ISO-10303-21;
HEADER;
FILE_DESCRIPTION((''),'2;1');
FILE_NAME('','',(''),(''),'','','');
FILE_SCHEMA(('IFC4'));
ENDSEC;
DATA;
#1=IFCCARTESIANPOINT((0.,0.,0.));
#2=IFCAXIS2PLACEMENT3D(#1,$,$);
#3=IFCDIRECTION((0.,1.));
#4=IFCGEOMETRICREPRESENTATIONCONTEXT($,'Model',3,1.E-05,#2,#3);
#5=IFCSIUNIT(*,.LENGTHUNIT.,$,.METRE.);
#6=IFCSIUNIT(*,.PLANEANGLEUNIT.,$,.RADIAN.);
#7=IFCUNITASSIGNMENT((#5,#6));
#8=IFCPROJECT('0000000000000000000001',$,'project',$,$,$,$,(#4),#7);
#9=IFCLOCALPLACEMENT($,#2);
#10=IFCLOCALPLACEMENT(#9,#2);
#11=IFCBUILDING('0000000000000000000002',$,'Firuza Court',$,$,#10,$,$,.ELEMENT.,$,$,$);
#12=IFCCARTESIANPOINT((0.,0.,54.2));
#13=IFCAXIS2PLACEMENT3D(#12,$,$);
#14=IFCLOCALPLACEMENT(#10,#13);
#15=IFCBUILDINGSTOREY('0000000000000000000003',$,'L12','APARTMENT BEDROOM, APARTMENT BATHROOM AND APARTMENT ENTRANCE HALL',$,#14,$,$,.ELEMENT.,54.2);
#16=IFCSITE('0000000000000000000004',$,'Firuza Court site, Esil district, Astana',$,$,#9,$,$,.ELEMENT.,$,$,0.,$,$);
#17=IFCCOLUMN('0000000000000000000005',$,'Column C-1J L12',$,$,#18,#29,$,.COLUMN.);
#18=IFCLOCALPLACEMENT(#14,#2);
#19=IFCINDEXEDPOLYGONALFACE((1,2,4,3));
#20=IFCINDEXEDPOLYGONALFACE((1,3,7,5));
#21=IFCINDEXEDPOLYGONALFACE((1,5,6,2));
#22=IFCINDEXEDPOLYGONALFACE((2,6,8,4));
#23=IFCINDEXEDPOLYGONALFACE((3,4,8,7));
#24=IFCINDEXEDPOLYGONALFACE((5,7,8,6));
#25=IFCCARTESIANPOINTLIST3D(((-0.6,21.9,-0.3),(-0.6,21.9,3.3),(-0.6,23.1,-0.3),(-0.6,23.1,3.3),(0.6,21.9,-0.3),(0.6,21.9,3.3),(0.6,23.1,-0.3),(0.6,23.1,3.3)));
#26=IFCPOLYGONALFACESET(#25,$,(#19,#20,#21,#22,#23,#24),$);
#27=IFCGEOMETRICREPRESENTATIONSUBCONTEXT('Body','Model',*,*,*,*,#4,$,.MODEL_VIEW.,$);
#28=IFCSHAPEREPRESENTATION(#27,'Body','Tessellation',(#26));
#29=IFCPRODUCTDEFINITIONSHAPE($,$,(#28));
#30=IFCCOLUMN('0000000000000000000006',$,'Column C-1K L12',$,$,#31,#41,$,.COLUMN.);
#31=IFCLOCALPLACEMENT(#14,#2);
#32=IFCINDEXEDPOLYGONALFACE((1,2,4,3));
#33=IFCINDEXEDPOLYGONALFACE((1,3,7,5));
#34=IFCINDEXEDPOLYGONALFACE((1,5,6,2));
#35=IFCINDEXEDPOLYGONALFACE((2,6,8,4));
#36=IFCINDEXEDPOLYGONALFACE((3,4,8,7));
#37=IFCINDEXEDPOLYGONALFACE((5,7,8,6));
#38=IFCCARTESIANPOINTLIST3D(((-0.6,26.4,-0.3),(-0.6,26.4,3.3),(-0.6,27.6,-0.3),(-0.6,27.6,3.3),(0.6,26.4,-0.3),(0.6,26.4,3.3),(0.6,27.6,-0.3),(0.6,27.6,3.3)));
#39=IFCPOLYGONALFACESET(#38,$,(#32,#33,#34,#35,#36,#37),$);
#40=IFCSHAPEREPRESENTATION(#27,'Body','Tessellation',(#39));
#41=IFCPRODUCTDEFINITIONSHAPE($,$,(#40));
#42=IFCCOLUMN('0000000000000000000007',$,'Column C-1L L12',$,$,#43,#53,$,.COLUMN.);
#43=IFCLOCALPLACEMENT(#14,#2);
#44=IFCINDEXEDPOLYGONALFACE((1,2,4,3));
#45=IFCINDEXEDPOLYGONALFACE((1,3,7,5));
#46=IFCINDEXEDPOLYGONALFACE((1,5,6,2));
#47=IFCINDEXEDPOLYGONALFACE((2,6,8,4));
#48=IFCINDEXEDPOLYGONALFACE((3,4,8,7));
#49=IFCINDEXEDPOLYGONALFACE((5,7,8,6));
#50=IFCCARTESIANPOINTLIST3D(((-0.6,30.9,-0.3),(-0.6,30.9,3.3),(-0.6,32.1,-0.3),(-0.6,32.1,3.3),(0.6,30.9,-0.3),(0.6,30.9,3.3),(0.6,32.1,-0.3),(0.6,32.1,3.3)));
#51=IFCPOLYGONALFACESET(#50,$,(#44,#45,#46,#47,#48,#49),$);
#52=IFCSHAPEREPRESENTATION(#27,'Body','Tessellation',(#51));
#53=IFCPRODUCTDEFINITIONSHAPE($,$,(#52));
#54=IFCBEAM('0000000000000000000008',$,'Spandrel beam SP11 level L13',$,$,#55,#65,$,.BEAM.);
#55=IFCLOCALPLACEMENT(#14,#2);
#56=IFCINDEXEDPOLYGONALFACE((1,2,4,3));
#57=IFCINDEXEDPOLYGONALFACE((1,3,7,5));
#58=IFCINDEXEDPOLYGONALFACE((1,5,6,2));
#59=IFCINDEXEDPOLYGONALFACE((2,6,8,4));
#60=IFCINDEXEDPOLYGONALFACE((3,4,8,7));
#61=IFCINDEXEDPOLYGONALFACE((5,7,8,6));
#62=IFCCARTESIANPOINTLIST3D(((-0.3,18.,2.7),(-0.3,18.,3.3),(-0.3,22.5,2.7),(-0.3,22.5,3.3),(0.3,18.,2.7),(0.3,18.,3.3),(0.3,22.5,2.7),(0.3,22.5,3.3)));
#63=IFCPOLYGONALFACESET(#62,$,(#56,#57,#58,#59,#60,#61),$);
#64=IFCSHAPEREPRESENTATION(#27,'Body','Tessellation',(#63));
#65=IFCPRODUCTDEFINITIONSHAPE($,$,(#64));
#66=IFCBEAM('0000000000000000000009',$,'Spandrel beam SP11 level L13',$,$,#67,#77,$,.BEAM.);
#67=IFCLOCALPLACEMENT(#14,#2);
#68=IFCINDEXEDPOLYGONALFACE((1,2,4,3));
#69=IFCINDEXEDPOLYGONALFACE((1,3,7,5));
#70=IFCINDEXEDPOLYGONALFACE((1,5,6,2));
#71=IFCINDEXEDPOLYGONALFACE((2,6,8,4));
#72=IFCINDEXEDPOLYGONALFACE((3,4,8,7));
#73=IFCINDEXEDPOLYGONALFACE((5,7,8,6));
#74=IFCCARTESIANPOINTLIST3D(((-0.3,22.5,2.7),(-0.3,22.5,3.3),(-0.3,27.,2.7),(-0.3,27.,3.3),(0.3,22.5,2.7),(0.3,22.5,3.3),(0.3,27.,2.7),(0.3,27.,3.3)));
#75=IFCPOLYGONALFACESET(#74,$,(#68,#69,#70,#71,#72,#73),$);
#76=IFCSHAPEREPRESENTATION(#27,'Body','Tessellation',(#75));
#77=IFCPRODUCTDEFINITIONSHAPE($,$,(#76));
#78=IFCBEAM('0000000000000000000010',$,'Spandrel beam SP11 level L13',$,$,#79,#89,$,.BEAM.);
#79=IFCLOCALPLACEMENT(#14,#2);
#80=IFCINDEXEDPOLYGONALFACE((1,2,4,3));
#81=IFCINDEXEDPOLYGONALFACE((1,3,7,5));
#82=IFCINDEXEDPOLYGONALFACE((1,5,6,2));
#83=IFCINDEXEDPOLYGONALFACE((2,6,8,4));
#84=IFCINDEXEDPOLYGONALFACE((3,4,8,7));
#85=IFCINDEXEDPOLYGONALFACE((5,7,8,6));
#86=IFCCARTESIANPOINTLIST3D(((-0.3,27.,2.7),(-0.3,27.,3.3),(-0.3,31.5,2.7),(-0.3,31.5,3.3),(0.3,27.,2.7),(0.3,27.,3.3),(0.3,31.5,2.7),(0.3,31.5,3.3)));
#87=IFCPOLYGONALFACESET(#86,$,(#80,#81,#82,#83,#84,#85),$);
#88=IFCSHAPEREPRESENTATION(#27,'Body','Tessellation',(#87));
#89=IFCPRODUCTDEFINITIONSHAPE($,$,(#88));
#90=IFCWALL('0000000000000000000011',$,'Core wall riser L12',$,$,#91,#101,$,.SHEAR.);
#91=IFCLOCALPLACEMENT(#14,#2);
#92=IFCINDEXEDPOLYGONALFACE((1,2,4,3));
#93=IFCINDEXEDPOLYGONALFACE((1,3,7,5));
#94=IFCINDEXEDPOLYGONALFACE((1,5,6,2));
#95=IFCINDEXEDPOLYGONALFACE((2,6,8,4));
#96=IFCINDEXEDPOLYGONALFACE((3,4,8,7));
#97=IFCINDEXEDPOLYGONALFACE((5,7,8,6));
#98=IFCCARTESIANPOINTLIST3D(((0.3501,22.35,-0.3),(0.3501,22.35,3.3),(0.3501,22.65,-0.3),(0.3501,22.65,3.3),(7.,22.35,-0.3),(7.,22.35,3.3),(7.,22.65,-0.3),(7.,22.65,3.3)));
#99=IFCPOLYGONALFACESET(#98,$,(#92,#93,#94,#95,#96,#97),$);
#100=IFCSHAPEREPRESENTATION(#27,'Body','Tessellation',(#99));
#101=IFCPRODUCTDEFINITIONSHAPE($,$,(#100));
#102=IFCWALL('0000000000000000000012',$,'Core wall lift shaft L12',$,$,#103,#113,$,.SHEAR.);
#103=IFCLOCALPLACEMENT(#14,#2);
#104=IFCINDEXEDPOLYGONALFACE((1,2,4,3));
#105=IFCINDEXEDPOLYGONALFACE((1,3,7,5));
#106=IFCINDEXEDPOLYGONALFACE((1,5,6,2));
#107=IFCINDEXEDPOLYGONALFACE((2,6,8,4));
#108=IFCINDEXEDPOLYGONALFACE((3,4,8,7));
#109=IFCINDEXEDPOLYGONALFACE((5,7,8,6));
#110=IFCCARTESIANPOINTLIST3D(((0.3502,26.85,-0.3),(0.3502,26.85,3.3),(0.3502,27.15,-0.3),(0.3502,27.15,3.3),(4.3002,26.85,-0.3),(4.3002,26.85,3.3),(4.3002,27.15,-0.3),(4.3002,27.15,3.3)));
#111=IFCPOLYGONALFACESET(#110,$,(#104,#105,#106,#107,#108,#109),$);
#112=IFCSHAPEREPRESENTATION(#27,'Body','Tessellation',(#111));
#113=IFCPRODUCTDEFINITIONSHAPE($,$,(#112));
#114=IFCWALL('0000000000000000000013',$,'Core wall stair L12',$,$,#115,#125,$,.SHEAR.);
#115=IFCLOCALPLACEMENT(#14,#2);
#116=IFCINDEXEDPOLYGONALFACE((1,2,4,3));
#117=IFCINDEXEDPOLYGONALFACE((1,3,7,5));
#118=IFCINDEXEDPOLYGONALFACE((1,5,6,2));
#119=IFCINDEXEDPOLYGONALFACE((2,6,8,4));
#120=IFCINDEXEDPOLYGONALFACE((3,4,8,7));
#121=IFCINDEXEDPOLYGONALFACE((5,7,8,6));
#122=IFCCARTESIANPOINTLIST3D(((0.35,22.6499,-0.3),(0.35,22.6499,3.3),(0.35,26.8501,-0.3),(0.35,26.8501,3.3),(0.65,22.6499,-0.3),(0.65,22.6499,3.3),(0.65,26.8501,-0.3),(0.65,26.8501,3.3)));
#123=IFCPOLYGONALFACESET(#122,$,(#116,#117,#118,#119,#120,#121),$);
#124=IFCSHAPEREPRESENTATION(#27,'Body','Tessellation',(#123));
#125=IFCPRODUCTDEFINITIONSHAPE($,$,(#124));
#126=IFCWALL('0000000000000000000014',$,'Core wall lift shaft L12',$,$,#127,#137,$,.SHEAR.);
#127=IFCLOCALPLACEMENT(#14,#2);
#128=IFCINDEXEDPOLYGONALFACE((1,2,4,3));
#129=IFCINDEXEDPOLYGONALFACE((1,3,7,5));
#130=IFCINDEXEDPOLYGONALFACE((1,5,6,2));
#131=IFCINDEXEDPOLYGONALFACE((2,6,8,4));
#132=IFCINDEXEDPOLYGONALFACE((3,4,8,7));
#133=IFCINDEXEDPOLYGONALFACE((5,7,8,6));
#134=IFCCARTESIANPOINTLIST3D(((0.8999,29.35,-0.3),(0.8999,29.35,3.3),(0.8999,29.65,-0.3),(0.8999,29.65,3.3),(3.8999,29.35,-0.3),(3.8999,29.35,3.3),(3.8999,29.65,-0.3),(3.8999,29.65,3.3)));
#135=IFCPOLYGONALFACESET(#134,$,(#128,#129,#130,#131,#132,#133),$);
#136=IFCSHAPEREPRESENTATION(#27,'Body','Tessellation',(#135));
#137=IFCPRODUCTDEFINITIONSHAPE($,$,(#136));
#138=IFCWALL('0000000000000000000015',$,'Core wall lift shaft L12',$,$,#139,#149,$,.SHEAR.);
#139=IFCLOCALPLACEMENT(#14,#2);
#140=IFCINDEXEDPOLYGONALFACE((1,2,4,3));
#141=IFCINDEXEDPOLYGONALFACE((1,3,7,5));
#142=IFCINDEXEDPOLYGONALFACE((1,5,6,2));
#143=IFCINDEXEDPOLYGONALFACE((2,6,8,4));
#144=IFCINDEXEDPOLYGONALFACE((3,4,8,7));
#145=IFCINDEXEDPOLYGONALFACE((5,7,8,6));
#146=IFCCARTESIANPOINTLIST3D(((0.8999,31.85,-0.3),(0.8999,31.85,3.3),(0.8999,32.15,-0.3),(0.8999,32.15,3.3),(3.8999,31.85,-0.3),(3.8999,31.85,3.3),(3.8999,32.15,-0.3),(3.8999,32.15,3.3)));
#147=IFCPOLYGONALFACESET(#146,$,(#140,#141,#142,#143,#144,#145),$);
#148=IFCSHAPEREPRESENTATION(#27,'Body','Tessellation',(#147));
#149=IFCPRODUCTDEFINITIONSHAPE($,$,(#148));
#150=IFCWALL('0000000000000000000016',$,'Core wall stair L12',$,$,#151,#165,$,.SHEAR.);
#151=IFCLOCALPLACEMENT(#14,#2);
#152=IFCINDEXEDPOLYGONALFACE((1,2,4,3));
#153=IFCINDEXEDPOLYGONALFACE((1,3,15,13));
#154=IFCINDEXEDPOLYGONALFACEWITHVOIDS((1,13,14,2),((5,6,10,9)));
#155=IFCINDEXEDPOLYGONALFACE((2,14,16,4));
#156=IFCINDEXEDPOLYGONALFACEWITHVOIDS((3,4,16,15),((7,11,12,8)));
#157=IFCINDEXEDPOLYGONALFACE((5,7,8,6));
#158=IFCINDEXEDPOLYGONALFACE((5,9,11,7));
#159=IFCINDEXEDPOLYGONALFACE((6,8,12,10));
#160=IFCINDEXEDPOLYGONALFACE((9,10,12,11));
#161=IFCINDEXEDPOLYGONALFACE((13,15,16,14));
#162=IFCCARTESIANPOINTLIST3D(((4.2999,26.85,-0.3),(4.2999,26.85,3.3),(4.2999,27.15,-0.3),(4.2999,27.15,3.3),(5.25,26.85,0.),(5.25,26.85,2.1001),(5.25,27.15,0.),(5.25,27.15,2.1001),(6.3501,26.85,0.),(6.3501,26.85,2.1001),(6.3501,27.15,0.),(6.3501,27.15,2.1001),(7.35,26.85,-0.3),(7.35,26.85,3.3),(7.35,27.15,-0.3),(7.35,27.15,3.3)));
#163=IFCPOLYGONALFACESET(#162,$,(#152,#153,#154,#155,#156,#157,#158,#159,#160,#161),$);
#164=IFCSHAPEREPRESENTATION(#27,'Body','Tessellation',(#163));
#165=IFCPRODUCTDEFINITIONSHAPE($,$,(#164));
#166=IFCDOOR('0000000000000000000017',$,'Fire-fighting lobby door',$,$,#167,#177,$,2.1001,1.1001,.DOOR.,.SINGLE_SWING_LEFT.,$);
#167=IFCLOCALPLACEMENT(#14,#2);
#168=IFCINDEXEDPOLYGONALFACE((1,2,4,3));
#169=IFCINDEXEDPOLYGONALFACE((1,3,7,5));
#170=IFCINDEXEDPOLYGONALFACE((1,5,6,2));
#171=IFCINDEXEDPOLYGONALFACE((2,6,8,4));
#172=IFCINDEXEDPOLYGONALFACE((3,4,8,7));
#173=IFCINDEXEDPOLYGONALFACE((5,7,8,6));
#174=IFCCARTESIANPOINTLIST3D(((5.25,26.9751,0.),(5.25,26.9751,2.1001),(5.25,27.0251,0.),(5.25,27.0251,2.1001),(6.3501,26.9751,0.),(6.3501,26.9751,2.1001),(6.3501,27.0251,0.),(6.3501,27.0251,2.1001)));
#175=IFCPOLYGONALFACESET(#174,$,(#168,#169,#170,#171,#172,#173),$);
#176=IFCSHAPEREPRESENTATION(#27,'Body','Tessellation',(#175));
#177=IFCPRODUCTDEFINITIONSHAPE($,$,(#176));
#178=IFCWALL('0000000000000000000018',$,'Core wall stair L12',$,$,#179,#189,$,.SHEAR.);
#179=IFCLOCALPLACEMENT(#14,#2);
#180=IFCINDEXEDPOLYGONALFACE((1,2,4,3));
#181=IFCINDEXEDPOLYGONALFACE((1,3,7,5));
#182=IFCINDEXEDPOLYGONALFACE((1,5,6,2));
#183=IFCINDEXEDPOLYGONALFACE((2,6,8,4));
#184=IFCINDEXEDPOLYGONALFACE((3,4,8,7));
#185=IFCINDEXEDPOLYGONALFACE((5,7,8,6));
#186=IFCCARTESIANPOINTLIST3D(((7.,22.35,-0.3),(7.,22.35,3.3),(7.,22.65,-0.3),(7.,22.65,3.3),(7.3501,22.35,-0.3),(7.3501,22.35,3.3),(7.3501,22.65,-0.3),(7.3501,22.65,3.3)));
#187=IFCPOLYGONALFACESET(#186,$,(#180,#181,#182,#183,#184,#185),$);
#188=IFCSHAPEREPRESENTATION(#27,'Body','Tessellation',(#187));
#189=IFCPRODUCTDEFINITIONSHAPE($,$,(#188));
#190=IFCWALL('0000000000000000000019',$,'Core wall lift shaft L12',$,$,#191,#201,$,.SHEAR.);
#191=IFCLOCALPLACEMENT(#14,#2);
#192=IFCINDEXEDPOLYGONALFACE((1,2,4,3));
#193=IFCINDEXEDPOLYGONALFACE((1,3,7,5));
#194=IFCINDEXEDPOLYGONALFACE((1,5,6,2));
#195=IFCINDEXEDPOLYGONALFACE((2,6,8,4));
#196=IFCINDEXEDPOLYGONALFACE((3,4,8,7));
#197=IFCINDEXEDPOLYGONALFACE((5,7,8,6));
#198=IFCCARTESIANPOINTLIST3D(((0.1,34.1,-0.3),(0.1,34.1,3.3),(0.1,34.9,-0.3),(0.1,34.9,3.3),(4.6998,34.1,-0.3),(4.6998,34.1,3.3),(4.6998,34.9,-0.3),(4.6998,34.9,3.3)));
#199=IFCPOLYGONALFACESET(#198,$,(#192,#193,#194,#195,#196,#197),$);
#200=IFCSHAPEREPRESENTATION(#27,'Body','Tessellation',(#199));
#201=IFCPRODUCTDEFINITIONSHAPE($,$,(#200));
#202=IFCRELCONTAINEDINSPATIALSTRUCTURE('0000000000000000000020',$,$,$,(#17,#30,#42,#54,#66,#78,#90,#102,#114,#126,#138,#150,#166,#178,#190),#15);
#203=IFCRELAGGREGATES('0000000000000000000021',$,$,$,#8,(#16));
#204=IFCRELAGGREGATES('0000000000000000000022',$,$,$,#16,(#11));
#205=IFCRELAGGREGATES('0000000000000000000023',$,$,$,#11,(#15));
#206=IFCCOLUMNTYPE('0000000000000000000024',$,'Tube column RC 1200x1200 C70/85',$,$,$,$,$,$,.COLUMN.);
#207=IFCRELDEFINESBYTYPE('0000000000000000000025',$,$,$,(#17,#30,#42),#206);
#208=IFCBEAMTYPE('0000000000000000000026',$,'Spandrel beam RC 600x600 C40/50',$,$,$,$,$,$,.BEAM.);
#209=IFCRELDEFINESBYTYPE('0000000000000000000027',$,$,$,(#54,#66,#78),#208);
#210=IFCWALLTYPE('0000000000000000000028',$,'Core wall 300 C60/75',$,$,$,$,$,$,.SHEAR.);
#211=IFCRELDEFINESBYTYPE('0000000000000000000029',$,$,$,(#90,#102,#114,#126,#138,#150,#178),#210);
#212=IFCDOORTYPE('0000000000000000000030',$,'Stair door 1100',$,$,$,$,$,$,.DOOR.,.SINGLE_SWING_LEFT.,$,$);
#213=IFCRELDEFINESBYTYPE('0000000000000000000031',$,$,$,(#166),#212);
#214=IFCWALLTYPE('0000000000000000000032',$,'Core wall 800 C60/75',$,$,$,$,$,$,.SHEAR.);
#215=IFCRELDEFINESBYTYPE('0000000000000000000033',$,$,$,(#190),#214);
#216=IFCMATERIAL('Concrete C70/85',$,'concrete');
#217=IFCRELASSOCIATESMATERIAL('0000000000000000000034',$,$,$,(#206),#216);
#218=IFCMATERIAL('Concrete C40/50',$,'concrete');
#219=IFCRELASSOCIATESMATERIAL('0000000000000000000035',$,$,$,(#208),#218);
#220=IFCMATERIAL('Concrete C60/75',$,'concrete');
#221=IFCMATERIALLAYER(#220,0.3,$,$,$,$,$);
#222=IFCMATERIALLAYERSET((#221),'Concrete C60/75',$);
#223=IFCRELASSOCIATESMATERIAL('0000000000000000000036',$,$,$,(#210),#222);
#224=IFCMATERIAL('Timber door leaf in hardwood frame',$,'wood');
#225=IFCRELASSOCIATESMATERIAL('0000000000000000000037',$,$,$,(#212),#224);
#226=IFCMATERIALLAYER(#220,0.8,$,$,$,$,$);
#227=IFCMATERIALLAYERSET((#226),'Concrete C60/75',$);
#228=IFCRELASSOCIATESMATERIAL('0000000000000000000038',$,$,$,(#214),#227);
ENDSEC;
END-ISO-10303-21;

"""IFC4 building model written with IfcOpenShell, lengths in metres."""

from ifc_helpers import new_model, si_unit, direction, frame, frame_2d, origin, origin_2d, place, context, subcontext, project, spatial, rectangle, extrude, material, layer, layer_set, material_profile, profile_set, type_object, element, fill, save


model = new_model("IFC4")

# Units and contexts
model_context = context("Model", 3, precision=1e-05, world=origin(), true_north=direction((0.0, 1.0)))
body_context = subcontext(model_context, "Body", "Model", "MODEL_VIEW")
ifc_project = project(units=[si_unit("LENGTHUNIT", "METRE"), si_unit("PLANEANGLEUNIT", "RADIAN")], contexts=[model_context])

# Site, building, storey
site_placement = place(None, origin())
site = spatial("IfcSite", under=ifc_project, at=site_placement, Name="Firuza Court site, Esil district, Astana", CompositionType="ELEMENT", RefElevation=0.0)
building_placement = place(site_placement, origin())
building = spatial("IfcBuilding", under=site, at=building_placement, Name="Firuza Court", CompositionType="ELEMENT")
storey_placement = place(building_placement, frame((0.0, 0.0, 54.2)))
storey = spatial("IfcBuildingStorey", under=building, at=storey_placement, Name="L12", Description="APARTMENT BEDROOM, APARTMENT BATHROOM AND APARTMENT ENTRANCE HALL", CompositionType="ELEMENT", Elevation=54.2)

# Columns
ifc_material_1 = material(Name="Concrete C70/85", Category="concrete")
ifc_material_profile_1 = material_profile(ifc_material_1, rectangle(XDim=1.2, YDim=1.2, at=origin_2d()), Name="RC 1200x1200")
ifc_profile_set_1 = profile_set([ifc_material_profile_1], Name="Concrete C70/85")
column_type = type_object("IfcColumnType", Name="Tube column RC 1200x1200 C70/85", PredefinedType="COLUMN", material=ifc_profile_set_1)
for number, where, z_axis, x_axis, name in (
    (1, (0.0, 22.5, -0.3), (0.0, 0.0, 1.0), (1.0, 0.0, 0.0), "Column C-1J L12"),
    (2, (0.0, 27.0, -0.3), (0.0, 0.0, 1.0), (1.0, 0.0, 0.0), "Column C-1K L12"),
    (3, (0.0, 31.5, -0.3), (0.0, 0.0, 1.0), (1.0, 0.0, 0.0), "Column C-1L L12"),
):
    element("IfcColumn", number, at=place(storey_placement, frame(where, z_axis=z_axis, x_axis=x_axis)), inside=storey, type_object=column_type, Name=name, PredefinedType="COLUMN", context=body_context, shape_type="SweptSolid", body=[
        extrude(rectangle(XDim=1.2, YDim=1.2, at=origin_2d()), origin(), (0.0, 0.0, 1.0), 3.6001),
    ])

# Beams
ifc_material_2 = material(Name="Concrete C40/50", Category="concrete")
ifc_material_profile_2 = material_profile(ifc_material_2, rectangle(XDim=0.6001, YDim=0.6001, at=origin_2d()), Name="RC 600x600")
ifc_profile_set_2 = profile_set([ifc_material_profile_2], Name="Concrete C40/50")
beam_type = type_object("IfcBeamType", Name="Spandrel beam RC 600x600 C40/50", PredefinedType="BEAM", material=ifc_profile_set_2)
for number, where, z_axis, x_axis, name in (
    (4, (0.0, 22.5, 3.0), (0.0, -1.0, 0.0), (1.0, 0.0, 0.0), "Spandrel beam SP11 level L13"),
    (5, (0.0, 27.0, 3.0), (0.0, -1.0, 0.0), (1.0, 0.0, 0.0), "Spandrel beam SP11 level L13"),
    (6, (0.0, 31.5, 3.0), (0.0, -1.0, 0.0), (1.0, 0.0, 0.0), "Spandrel beam SP11 level L13"),
):
    element("IfcBeam", number, at=place(storey_placement, frame(where, z_axis=z_axis, x_axis=x_axis)), inside=storey, type_object=beam_type, Name=name, PredefinedType="BEAM", context=body_context, shape_type="SweptSolid", body=[
        extrude(rectangle(XDim=0.6001, YDim=0.6001, at=origin_2d()), origin(), (0.0, 0.0, 1.0), 4.5),
    ])

# Walls
ifc_material_3 = material(Name="Concrete C60/75", Category="concrete")
ifc_layer_1 = layer(ifc_material_3, 0.3)
ifc_layer_set_1 = layer_set([ifc_layer_1], Name="Concrete C60/75")
wall_type_1 = type_object("IfcWallType", Name="Core wall 300 C60/75", PredefinedType="SHEAR", material=ifc_layer_set_1)
wall_1_placement = place(storey_placement, frame((0.3501, 22.5, -0.3), z_axis=(0.0, 0.0, 1.0), x_axis=(1.0, 0.0, 0.0)))
element("IfcWall", 7, at=wall_1_placement, inside=storey, type_object=wall_type_1, Name="Core wall riser L12", PredefinedType="SHEAR", context=body_context, shape_type="SweptSolid", body=[
    extrude(rectangle(XDim=6.6499, YDim=0.3, at=frame_2d((3.325, 0.0))), origin(), (0.0, 0.0, 1.0), 3.6001),
])
wall_2_placement = place(storey_placement, frame((0.3501, 27.0, -0.3), z_axis=(0.0, 0.0, 1.0), x_axis=(1.0, 0.0, 0.0)))
element("IfcWall", 8, at=wall_2_placement, inside=storey, type_object=wall_type_1, Name="Core wall lift shaft L12", PredefinedType="SHEAR", context=body_context, shape_type="SweptSolid", body=[
    extrude(rectangle(XDim=3.95, YDim=0.3, at=frame_2d((1.9751, 0.0))), origin(), (0.0, 0.0, 1.0), 3.6001),
])
wall_3_placement = place(storey_placement, frame((0.5, 22.6499, -0.3), z_axis=(0.0, 0.0, 1.0), x_axis=(0.0, 1.0, 0.0)))
element("IfcWall", 9, at=wall_3_placement, inside=storey, type_object=wall_type_1, Name="Core wall stair L12", PredefinedType="SHEAR", context=body_context, shape_type="SweptSolid", body=[
    extrude(rectangle(XDim=4.2002, YDim=0.3, at=frame_2d((2.1001, 0.0))), origin(), (0.0, 0.0, 1.0), 3.6001),
])
for number, where, z_axis, x_axis, name in (
    (10, (0.8999, 29.5, -0.3), (0.0, 0.0, 1.0), (1.0, 0.0, 0.0), "Core wall lift shaft L12"),
    (11, (0.8999, 32.0, -0.3), (0.0, 0.0, 1.0), (1.0, 0.0, 0.0), "Core wall lift shaft L12"),
):
    element("IfcWall", number, at=place(storey_placement, frame(where, z_axis=z_axis, x_axis=x_axis)), inside=storey, type_object=wall_type_1, Name=name, PredefinedType="SHEAR", context=body_context, shape_type="SweptSolid", body=[
        extrude(rectangle(XDim=3.0, YDim=0.3, at=frame_2d((1.5, 0.0))), origin(), (0.0, 0.0, 1.0), 3.6001),
    ])

# Wall, opening, door
wall_4_placement = place(storey_placement, frame((4.3, 27.0, -0.3), z_axis=(0.0, 0.0, 1.0), x_axis=(1.0, 0.0, 0.0)))
wall_4 = element("IfcWall", 12, at=wall_4_placement, inside=storey, type_object=wall_type_1, Name="Core wall stair L12", PredefinedType="SHEAR", context=body_context, shape_type="SweptSolid", body=[
    extrude(rectangle(XDim=3.05, YDim=0.3, at=frame_2d((1.5249, 0.0))), origin(), (0.0, 0.0, 1.0), 3.6001),
])
opening_1_placement = place(wall_4_placement, frame((0.95, 0.0, 0.3)))
opening_1 = element("IfcOpeningElement", 13, at=opening_1_placement, cuts=wall_4, PredefinedType="OPENING", context=body_context, shape_type="SweptSolid", body=[
    extrude(rectangle(XDim=1.1001, YDim=2.1001, at=frame_2d((0.55, 1.05))), frame((0.0, 0.1621, 0.0), z_axis=(0.0, -1.0, 0.0), x_axis=(1.0, 0.0, 0.0)), (0.0, 0.0, 1.0), 0.324),
])
ifc_material_4 = material(Name="Timber door leaf in hardwood frame", Category="wood")
door_type_1 = type_object("IfcDoorType", Name="Stair door 1100", OperationType="SINGLE_SWING_LEFT", PredefinedType="DOOR", material=ifc_material_4)
door_1_placement = place(opening_1_placement, frame((1.1001, 0.0, 0.0), z_axis=(0.0, 0.0, 1.0), x_axis=(-1.0, 0.0, 0.0)))
door_1 = element("IfcDoor", 14, at=door_1_placement, inside=storey, type_object=door_type_1, Name="Fire-fighting lobby door", OperationType="SINGLE_SWING_LEFT", OverallHeight=2.1001, OverallWidth=1.1001, PredefinedType="DOOR", context=body_context, shape_type="SweptSolid", body=[
    extrude(rectangle(XDim=1.1001, YDim=2.1001, at=frame_2d((0.55, 1.05))), frame((0.0, 0.0249, 0.0), z_axis=(0.0, -1.0, 0.0), x_axis=(1.0, 0.0, 0.0)), (0.0, 0.0, 1.0), 0.05),
])
fill(opening_1, door_1)

# Walls
wall_5_placement = place(storey_placement, frame((7.0, 22.5, -0.3), z_axis=(0.0, 0.0, 1.0), x_axis=(1.0, 0.0, 0.0)))
element("IfcWall", 15, at=wall_5_placement, inside=storey, type_object=wall_type_1, Name="Core wall stair L12", PredefinedType="SHEAR", context=body_context, shape_type="SweptSolid", body=[
    extrude(rectangle(XDim=0.3501, YDim=0.3, at=frame_2d((0.175, 0.0))), origin(), (0.0, 0.0, 1.0), 3.6001),
])
ifc_layer_2 = layer(ifc_material_3, 0.8)
ifc_layer_set_2 = layer_set([ifc_layer_2], Name="Concrete C60/75")
wall_type_2 = type_object("IfcWallType", Name="Core wall 800 C60/75", PredefinedType="SHEAR", material=ifc_layer_set_2)
wall_6_placement = place(storey_placement, frame((0.1001, 34.5, -0.3), z_axis=(0.0, 0.0, 1.0), x_axis=(1.0, 0.0, 0.0)))
element("IfcWall", 16, at=wall_6_placement, inside=storey, type_object=wall_type_2, Name="Core wall lift shaft L12", PredefinedType="SHEAR", context=body_context, shape_type="SweptSolid", body=[
    extrude(rectangle(XDim=4.5999, YDim=0.8, at=frame_2d((2.2998, 0.0))), origin(), (0.0, 0.0, 1.0), 3.6001),
])

save(model, "model.ifc")
